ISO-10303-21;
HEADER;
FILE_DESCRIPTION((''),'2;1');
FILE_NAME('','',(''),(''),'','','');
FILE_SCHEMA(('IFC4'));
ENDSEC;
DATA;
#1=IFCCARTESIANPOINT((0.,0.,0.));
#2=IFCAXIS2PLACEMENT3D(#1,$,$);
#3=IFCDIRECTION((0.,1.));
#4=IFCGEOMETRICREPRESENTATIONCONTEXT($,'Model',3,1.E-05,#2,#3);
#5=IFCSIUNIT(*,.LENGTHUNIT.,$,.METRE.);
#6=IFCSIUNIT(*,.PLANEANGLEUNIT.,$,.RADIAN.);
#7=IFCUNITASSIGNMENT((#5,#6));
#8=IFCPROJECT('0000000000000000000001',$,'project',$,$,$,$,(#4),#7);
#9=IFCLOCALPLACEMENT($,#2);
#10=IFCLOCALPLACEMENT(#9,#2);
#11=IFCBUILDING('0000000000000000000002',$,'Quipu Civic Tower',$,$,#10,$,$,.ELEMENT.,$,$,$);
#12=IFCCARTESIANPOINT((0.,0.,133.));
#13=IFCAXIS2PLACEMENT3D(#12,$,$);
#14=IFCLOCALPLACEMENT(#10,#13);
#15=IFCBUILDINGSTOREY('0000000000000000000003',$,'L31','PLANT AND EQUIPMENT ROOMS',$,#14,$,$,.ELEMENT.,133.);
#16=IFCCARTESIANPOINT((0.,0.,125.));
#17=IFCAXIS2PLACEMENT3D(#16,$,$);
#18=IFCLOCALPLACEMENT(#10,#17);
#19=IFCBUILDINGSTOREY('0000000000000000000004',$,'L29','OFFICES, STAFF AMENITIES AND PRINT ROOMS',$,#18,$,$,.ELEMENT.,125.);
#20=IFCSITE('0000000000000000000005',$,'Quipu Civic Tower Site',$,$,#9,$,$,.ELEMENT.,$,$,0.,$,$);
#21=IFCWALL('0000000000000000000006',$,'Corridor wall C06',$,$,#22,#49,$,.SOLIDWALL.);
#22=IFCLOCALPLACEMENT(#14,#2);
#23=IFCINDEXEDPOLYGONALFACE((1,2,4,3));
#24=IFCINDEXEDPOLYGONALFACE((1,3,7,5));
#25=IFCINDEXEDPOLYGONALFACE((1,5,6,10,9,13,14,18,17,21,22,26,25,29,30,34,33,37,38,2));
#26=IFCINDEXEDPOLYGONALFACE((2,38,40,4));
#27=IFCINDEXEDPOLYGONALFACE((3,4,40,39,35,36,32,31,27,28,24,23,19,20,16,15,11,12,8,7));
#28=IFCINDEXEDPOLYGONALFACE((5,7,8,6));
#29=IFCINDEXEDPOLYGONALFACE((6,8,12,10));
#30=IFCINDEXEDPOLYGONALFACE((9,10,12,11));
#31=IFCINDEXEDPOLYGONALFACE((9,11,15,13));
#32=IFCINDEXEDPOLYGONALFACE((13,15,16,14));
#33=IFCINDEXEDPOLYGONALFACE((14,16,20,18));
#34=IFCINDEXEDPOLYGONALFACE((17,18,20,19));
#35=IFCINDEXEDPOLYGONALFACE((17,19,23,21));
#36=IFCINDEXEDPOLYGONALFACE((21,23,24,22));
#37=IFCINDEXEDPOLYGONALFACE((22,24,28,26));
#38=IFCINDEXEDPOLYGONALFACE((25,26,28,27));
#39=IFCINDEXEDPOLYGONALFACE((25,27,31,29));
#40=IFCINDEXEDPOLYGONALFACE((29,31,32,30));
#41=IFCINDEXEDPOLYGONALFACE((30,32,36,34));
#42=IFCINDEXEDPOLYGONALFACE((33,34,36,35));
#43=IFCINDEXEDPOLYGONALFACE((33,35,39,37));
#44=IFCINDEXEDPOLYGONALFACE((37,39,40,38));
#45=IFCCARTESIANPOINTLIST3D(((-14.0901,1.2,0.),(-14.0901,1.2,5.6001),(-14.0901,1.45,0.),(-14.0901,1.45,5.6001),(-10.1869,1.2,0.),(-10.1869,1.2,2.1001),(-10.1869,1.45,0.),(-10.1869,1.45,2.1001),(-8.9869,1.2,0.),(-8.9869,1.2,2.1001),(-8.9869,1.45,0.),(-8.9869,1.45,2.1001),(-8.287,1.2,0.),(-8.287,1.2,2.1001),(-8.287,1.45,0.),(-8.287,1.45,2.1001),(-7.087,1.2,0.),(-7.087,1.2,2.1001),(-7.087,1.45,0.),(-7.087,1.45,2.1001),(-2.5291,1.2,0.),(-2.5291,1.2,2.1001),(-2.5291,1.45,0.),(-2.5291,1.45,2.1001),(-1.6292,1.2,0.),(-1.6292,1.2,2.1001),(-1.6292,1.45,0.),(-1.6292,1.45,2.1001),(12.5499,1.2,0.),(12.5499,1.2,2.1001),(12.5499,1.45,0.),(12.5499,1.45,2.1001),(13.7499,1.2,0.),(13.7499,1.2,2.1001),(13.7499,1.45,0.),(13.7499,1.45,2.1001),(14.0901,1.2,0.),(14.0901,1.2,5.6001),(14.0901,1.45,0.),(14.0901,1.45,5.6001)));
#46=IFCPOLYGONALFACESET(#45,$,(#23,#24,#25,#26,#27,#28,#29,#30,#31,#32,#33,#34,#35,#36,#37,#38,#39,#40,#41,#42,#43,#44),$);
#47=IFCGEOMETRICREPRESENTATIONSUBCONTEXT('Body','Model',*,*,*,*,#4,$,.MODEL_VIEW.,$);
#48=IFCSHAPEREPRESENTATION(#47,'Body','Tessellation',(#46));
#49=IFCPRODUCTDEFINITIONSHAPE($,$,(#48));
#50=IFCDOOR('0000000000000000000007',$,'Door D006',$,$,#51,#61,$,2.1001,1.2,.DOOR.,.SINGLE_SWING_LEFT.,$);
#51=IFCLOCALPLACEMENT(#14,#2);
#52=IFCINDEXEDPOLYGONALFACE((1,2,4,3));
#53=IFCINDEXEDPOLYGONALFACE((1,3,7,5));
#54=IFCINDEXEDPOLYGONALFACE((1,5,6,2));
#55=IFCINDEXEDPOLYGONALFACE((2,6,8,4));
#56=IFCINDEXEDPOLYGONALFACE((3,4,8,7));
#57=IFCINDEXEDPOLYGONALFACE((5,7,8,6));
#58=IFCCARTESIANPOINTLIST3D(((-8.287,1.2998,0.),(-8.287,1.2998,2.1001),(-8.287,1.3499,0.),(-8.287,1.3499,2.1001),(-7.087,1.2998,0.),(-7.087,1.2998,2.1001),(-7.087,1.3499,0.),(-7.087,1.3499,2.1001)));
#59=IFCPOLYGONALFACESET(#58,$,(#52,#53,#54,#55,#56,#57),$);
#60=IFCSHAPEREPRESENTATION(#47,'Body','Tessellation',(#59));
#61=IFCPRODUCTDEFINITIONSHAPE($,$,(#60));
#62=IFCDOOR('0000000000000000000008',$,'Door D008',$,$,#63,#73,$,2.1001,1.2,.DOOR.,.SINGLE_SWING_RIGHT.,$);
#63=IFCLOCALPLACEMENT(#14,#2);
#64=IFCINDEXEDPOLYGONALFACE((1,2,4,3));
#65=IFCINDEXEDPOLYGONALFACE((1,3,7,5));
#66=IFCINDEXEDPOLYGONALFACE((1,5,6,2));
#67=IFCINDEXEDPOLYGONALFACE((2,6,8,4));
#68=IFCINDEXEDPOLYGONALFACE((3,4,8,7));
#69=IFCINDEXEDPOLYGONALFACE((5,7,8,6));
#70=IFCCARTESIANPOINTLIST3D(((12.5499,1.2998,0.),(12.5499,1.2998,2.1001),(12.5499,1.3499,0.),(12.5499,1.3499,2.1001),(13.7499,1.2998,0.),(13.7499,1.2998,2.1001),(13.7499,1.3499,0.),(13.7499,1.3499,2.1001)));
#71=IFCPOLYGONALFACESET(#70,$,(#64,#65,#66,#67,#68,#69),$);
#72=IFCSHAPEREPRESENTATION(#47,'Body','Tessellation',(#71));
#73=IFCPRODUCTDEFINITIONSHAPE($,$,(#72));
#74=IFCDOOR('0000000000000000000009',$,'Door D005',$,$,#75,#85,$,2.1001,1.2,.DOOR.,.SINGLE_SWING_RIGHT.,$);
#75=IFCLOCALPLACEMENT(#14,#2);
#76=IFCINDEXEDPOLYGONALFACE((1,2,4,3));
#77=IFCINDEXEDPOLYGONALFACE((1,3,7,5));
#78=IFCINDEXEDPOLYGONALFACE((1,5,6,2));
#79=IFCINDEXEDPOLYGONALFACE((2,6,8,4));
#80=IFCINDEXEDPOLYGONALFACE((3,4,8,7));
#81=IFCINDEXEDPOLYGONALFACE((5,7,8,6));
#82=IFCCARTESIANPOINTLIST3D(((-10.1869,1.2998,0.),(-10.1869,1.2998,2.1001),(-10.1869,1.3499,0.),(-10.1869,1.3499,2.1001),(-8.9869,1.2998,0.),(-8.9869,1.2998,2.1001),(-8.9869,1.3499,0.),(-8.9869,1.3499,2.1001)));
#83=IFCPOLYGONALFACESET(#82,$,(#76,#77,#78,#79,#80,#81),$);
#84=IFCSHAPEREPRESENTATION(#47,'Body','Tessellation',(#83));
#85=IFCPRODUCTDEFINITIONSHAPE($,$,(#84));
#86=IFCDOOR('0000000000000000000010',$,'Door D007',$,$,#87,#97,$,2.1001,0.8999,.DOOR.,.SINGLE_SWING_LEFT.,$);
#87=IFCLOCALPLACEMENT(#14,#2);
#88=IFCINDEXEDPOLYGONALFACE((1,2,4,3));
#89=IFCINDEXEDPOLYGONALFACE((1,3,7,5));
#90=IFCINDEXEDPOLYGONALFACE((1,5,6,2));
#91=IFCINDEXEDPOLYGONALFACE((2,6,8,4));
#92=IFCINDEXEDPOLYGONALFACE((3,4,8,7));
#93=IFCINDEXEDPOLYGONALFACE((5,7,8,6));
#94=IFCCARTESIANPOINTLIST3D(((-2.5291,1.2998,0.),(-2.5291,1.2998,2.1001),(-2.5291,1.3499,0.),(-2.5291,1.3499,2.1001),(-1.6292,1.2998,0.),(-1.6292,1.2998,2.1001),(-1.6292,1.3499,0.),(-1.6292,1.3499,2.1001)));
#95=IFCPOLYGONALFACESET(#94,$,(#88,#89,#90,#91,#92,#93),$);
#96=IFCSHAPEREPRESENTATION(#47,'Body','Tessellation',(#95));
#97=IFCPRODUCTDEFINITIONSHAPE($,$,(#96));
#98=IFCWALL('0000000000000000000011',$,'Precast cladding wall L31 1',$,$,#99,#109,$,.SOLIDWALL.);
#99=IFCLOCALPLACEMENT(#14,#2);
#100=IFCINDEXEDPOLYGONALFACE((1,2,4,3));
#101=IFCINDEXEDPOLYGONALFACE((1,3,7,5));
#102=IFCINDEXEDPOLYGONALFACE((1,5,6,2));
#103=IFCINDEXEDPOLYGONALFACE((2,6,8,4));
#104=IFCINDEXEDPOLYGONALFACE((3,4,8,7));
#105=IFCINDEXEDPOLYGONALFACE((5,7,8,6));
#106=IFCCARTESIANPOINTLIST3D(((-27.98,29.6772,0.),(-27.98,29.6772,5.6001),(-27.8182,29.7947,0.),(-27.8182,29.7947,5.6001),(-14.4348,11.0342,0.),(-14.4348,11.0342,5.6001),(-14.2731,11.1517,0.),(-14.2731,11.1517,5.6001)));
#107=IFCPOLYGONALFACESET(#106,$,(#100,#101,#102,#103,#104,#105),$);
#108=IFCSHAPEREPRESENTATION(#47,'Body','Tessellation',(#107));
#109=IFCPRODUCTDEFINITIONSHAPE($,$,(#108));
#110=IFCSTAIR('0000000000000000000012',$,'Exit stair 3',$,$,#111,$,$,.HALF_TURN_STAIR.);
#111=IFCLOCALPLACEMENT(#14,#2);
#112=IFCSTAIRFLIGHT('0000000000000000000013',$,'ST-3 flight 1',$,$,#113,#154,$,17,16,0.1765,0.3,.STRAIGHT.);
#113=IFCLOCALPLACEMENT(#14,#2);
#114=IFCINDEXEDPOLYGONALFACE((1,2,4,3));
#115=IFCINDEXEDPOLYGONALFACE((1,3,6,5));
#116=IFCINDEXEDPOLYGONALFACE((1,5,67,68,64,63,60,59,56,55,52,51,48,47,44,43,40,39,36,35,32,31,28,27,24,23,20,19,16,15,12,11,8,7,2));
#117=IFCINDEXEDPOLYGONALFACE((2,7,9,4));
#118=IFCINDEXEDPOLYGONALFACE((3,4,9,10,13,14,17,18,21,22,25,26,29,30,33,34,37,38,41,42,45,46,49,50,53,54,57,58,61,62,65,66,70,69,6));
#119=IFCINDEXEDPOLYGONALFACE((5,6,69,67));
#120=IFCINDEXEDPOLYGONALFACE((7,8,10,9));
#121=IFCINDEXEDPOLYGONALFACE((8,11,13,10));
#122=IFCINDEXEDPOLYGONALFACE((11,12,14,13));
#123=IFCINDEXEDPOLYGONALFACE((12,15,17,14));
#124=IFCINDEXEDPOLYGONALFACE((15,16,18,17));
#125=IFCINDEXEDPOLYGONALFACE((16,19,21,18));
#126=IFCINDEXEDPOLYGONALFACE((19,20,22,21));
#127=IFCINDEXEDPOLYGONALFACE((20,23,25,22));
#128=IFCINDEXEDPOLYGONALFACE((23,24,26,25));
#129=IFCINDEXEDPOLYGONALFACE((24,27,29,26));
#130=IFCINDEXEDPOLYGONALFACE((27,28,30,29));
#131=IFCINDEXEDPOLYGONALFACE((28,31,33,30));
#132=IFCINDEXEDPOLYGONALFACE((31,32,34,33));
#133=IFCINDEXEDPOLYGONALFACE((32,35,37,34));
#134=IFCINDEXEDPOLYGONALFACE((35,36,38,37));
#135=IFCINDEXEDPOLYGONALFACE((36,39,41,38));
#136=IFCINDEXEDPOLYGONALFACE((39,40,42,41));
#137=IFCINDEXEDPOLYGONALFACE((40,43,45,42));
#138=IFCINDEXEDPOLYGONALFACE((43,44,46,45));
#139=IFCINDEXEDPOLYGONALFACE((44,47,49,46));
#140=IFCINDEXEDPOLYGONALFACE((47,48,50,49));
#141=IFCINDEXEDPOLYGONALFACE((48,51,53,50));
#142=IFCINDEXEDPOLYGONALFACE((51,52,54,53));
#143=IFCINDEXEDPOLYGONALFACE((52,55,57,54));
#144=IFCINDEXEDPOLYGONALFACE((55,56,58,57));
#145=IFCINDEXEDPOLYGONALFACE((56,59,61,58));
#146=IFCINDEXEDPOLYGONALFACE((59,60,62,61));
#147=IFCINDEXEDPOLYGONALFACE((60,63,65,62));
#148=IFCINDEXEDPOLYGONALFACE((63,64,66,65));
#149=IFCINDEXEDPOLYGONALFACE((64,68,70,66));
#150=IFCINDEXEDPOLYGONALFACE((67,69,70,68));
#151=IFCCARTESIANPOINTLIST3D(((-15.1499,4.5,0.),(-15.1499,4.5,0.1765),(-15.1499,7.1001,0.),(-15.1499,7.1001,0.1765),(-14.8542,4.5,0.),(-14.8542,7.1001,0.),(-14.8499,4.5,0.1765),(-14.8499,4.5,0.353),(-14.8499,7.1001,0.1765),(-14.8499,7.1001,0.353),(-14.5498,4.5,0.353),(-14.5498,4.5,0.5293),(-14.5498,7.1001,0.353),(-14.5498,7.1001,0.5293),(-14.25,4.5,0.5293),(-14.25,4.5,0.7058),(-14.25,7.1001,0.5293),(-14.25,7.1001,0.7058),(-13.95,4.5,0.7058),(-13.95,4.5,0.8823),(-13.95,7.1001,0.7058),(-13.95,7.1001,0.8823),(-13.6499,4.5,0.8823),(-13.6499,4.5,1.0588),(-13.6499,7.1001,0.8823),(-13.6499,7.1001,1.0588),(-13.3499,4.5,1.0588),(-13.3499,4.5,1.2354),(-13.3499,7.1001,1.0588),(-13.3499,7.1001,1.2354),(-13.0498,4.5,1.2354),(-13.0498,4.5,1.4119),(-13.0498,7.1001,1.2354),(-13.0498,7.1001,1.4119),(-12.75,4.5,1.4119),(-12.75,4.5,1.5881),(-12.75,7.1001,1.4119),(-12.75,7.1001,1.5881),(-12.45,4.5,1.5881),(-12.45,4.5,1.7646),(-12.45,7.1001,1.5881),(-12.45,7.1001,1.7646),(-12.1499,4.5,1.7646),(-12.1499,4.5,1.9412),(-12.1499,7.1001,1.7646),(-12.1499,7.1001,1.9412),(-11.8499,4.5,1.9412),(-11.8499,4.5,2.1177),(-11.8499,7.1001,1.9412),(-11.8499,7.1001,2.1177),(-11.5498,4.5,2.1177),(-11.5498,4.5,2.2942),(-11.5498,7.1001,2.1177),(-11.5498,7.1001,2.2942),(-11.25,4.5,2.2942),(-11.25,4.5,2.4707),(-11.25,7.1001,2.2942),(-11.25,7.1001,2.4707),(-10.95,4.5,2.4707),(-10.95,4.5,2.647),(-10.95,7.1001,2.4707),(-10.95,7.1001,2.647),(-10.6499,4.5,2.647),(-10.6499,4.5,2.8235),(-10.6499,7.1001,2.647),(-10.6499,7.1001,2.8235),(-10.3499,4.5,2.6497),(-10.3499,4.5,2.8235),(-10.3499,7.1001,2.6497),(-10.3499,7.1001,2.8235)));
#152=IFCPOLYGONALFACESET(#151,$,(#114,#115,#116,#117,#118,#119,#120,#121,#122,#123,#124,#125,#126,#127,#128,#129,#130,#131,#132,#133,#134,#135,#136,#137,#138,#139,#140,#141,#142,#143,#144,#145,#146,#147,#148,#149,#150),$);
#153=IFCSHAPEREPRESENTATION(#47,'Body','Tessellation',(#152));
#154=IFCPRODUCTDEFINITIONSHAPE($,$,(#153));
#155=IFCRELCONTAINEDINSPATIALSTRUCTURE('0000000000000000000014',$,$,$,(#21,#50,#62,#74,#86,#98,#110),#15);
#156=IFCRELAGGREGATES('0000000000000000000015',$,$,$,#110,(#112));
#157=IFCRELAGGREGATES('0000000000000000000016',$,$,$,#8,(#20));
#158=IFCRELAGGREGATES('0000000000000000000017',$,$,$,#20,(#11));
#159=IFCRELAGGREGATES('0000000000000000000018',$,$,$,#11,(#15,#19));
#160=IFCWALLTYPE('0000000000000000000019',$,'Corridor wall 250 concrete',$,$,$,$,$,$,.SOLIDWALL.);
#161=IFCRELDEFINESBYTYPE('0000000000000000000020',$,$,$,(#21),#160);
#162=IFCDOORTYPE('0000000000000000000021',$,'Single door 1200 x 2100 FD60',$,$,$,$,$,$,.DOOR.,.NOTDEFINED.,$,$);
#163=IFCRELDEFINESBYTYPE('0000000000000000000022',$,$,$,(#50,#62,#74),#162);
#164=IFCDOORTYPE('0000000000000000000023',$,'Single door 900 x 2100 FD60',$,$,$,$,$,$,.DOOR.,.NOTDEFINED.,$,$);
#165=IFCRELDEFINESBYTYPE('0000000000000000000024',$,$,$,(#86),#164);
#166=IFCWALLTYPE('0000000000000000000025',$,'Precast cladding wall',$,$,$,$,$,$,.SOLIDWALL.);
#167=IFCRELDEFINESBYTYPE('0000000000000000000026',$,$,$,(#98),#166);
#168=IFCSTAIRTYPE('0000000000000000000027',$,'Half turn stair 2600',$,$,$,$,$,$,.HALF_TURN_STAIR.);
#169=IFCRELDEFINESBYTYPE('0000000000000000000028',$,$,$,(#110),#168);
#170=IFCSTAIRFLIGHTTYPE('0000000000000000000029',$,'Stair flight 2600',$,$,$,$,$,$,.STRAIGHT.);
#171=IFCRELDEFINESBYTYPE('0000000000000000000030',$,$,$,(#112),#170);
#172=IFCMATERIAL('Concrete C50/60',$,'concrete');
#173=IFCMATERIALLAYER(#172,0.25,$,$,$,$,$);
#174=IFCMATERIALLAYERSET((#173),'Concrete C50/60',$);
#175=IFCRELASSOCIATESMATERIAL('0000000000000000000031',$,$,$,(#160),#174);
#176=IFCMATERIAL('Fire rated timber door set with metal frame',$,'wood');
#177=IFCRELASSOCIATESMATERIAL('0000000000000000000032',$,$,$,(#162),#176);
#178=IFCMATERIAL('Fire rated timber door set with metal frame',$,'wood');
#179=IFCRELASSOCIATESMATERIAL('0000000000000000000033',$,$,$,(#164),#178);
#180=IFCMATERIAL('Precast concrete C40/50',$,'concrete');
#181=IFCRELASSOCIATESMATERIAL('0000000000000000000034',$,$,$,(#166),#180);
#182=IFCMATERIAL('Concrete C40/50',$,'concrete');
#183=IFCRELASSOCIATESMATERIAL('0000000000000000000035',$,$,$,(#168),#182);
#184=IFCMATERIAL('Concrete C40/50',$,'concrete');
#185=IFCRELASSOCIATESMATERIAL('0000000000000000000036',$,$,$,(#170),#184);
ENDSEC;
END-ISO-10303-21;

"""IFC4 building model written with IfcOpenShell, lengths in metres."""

from ifc_helpers import new_model, si_unit, direction, frame, frame_2d, origin, place, context, subcontext, project, spatial, polyline, rectangle, outline, extrude, material, layer, layer_set, type_object, element, fill, aggregate, save


model = new_model("IFC4")

# Units and contexts
model_context = context("Model", 3, precision=1e-05, world=origin(), true_north=direction((0.0, 1.0)))
body_context = subcontext(model_context, "Body", "Model", "MODEL_VIEW")
ifc_project = project(units=[si_unit("LENGTHUNIT", "METRE"), si_unit("PLANEANGLEUNIT", "RADIAN")], contexts=[model_context])

# Site, building, storey
site_placement = place(None, origin())
site = spatial("IfcSite", under=ifc_project, at=site_placement, Name="Quipu Civic Tower Site", CompositionType="ELEMENT", RefElevation=0.0)
building_placement = place(site_placement, origin())
building = spatial("IfcBuilding", under=site, at=building_placement, Name="Quipu Civic Tower", CompositionType="ELEMENT")
storey_1_placement = place(building_placement, frame((0.0, 0.0, 133.0)))
storey_1 = spatial("IfcBuildingStorey", under=building, at=storey_1_placement, Name="L31", Description="PLANT AND EQUIPMENT ROOMS", CompositionType="ELEMENT", Elevation=133.0)

# Shared definitions
storey_2_placement = place(building_placement, frame((0.0, 0.0, 125.0)))
storey_2 = spatial("IfcBuildingStorey", under=building, at=storey_2_placement, Name="L29", Description="OFFICES, STAFF AMENITIES AND PRINT ROOMS", CompositionType="ELEMENT", Elevation=125.0)

# Wall, openings, doors
ifc_material_1 = material(Name="Concrete C50/60", Category="concrete")
ifc_layer_1 = layer(ifc_material_1, 0.25)
ifc_layer_set_1 = layer_set([ifc_layer_1], Name="Concrete C50/60")
wall_type_1 = type_object("IfcWallType", Name="Corridor wall 250 concrete", PredefinedType="SOLIDWALL", material=ifc_layer_set_1)
wall_1_placement = place(storey_1_placement, frame((-14.0901, 1.325, 0.0), z_axis=(0.0, 0.0, 1.0), x_axis=(1.0, 0.0, 0.0)))
wall_1 = element("IfcWall", 1, at=wall_1_placement, inside=storey_1, type_object=wall_type_1, Name="Corridor wall C06", PredefinedType="SOLIDWALL", context=body_context, shape_type="SweptSolid", body=[
    extrude(rectangle(XDim=28.1802, YDim=0.25, at=frame_2d((14.0901, 0.0))), origin(), (0.0, 0.0, 1.0), 5.6001),
])
opening_1_placement = place(wall_1_placement, frame((5.803, 0.0, 0.0)))
opening_1 = element("IfcOpeningElement", 2, at=opening_1_placement, cuts=wall_1, PredefinedType="OPENING", context=body_context, shape_type="SweptSolid", body=[
    extrude(rectangle(XDim=1.2, YDim=2.1001, at=frame_2d((0.6001, 1.05))), frame((0.0, 0.135, 0.0), z_axis=(0.0, -1.0, 0.0), x_axis=(1.0, 0.0, 0.0)), (0.0, 0.0, 1.0), 0.27),
])
opening_2_placement = place(wall_1_placement, frame((26.6399, 0.0, 0.0)))
opening_2 = element("IfcOpeningElement", 3, at=opening_2_placement, cuts=wall_1, PredefinedType="OPENING", context=body_context, shape_type="SweptSolid", body=[
    extrude(rectangle(XDim=1.2, YDim=2.1001, at=frame_2d((0.6001, 1.05))), frame((0.0, 0.135, 0.0), z_axis=(0.0, -1.0, 0.0), x_axis=(1.0, 0.0, 0.0)), (0.0, 0.0, 1.0), 0.27),
])
opening_3_placement = place(wall_1_placement, frame((3.9031, 0.0, 0.0)))
opening_3 = element("IfcOpeningElement", 4, at=opening_3_placement, cuts=wall_1, PredefinedType="OPENING", context=body_context, shape_type="SweptSolid", body=[
    extrude(rectangle(XDim=1.2, YDim=2.1001, at=frame_2d((0.6001, 1.05))), frame((0.0, 0.135, 0.0), z_axis=(0.0, -1.0, 0.0), x_axis=(1.0, 0.0, 0.0)), (0.0, 0.0, 1.0), 0.27),
])
opening_4_placement = place(wall_1_placement, frame((11.561, 0.0, 0.0)))
opening_4 = element("IfcOpeningElement", 5, at=opening_4_placement, cuts=wall_1, PredefinedType="OPENING", context=body_context, shape_type="SweptSolid", body=[
    extrude(rectangle(XDim=0.8999, YDim=2.1001, at=frame_2d((0.45, 1.05))), frame((0.0, 0.135, 0.0), z_axis=(0.0, -1.0, 0.0), x_axis=(1.0, 0.0, 0.0)), (0.0, 0.0, 1.0), 0.27),
])
ifc_material_2 = material(Name="Fire rated timber door set with metal frame", Category="wood")
door_type_1 = type_object("IfcDoorType", Name="Single door 1200 x 2100 FD60", OperationType="NOTDEFINED", PredefinedType="DOOR", material=ifc_material_2)
door_1_placement = place(opening_1_placement, origin())
door_1 = element("IfcDoor", 6, at=door_1_placement, inside=storey_1, type_object=door_type_1, Name="Door D006", OperationType="SINGLE_SWING_LEFT", OverallHeight=2.1001, OverallWidth=1.2, PredefinedType="DOOR", context=body_context, shape_type="SweptSolid", body=[
    extrude(rectangle(XDim=1.2, YDim=2.1001, at=frame_2d((0.6001, 1.05))), frame((0.0, 0.0249, 0.0), z_axis=(0.0, -1.0, 0.0), x_axis=(1.0, 0.0, 0.0)), (0.0, 0.0, 1.0), 0.05),
])
fill(opening_1, door_1)
door_2_placement = place(opening_2_placement, origin())
door_2 = element("IfcDoor", 7, at=door_2_placement, inside=storey_1, type_object=door_type_1, Name="Door D008", OperationType="SINGLE_SWING_RIGHT", OverallHeight=2.1001, OverallWidth=1.2, PredefinedType="DOOR", context=body_context, shape_type="SweptSolid", body=[
    extrude(rectangle(XDim=1.2, YDim=2.1001, at=frame_2d((0.6001, 1.05))), frame((0.0, 0.0249, 0.0), z_axis=(0.0, -1.0, 0.0), x_axis=(1.0, 0.0, 0.0)), (0.0, 0.0, 1.0), 0.05),
])
fill(opening_2, door_2)
door_3_placement = place(opening_3_placement, origin())
door_3 = element("IfcDoor", 8, at=door_3_placement, inside=storey_1, type_object=door_type_1, Name="Door D005", OperationType="SINGLE_SWING_RIGHT", OverallHeight=2.1001, OverallWidth=1.2, PredefinedType="DOOR", context=body_context, shape_type="SweptSolid", body=[
    extrude(rectangle(XDim=1.2, YDim=2.1001, at=frame_2d((0.6001, 1.05))), frame((0.0, 0.0249, 0.0), z_axis=(0.0, -1.0, 0.0), x_axis=(1.0, 0.0, 0.0)), (0.0, 0.0, 1.0), 0.05),
])
fill(opening_3, door_3)
ifc_material_3 = material(Name="Fire rated timber door set with metal frame", Category="wood")
door_type_2 = type_object("IfcDoorType", Name="Single door 900 x 2100 FD60", OperationType="NOTDEFINED", PredefinedType="DOOR", material=ifc_material_3)
door_4_placement = place(opening_4_placement, origin())
door_4 = element("IfcDoor", 9, at=door_4_placement, inside=storey_1, type_object=door_type_2, Name="Door D007", OperationType="SINGLE_SWING_LEFT", OverallHeight=2.1001, OverallWidth=0.8999, PredefinedType="DOOR", context=body_context, shape_type="SweptSolid", body=[
    extrude(rectangle(XDim=0.8999, YDim=2.1001, at=frame_2d((0.45, 1.05))), frame((0.0, 0.0249, 0.0), z_axis=(0.0, -1.0, 0.0), x_axis=(1.0, 0.0, 0.0)), (0.0, 0.0, 1.0), 0.05),
])
fill(opening_4, door_4)

# Wall
ifc_material_4 = material(Name="Precast concrete C40/50", Category="concrete")
wall_type_2 = type_object("IfcWallType", Name="Precast cladding wall", PredefinedType="SOLIDWALL", material=ifc_material_4)
wall_2_placement = place(storey_1_placement, frame((-14.354, 11.093, 0.0), z_axis=(0.0, 0.0, 1.0), x_axis=(-0.587791, 0.809013, 0.0)))
element("IfcWall", 10, at=wall_2_placement, inside=storey_1, type_object=wall_type_2, Name="Precast cladding wall L31 1", PredefinedType="SOLIDWALL", context=body_context, shape_type="SweptSolid", body=[
    extrude(rectangle(XDim=23.0442, YDim=0.2, at=frame_2d((11.522, 0.0))), origin(), (0.0, 0.0, 1.0), 5.6001),
])

# Stair, stair flight
ifc_material_5 = material(Name="Concrete C40/50", Category="concrete")
stair_type_1 = type_object("IfcStairType", Name="Half turn stair 2600", PredefinedType="HALF_TURN_STAIR", material=ifc_material_5)
stair_1_placement = place(storey_1_placement, origin())
stair_1 = element("IfcStair", 11, at=stair_1_placement, inside=storey_1, type_object=stair_type_1, Name="Exit stair 3", PredefinedType="HALF_TURN_STAIR")
ifc_material_6 = material(Name="Concrete C40/50", Category="concrete")
stair_flight_type = type_object("IfcStairFlightType", Name="Stair flight 2600", PredefinedType="STRAIGHT", material=ifc_material_6)
stair_flight_1_placement = place(storey_1_placement, frame((-15.1499, 5.8, 0.0), z_axis=(0.0, 0.0, 1.0), x_axis=(1.0, 0.0, 0.0)))
stair_flight_1 = element("IfcStairFlight", 12, at=stair_flight_1_placement, type_object=stair_flight_type, Name="ST-3 flight 1", NumberOfRisers=17, NumberOfTreads=16, PredefinedType="STRAIGHT", RiserHeight=0.1765, TreadLength=0.3, context=body_context, shape_type="SweptSolid", body=[
    extrude(outline(polyline([(0.0, 0.0), (0.0, 0.1765), (0.3, 0.1765), (0.3, 0.353), (0.6001, 0.353), (0.6001, 0.5293), (0.8999, 0.5293), (0.8999, 0.7058), (1.2, 0.7058), (1.2, 0.8823), (1.5, 0.8823), (1.5, 1.0588), (1.8, 1.0588), (1.8, 1.2354), (2.1001, 1.2354), (2.1001, 1.4119), (2.3999, 1.4119), (2.3999, 1.5881), (2.7, 1.5881), (2.7, 1.7646), (3.0, 1.7646), (3.0, 1.9412), (3.3, 1.9412), (3.3, 2.1177), (3.6001, 2.1177), (3.6001, 2.2942), (3.8999, 2.2942), (3.8999, 2.4707), (4.2, 2.4707), (4.2, 2.647), (4.5, 2.647), (4.5, 2.8235), (4.8, 2.8235), (4.8, 3.0), (4.8, 2.6497), (0.2957, 0.0), (0.0, 0.0)])), frame((0.0, 1.3, 0.0), z_axis=(0.0, -1.0, 0.0), x_axis=(1.0, 0.0, 0.0)), (0.0, 0.0, 1.0), 2.6001),
])
aggregate(stair_1, [stair_flight_1])

save(model, "model.ifc")
